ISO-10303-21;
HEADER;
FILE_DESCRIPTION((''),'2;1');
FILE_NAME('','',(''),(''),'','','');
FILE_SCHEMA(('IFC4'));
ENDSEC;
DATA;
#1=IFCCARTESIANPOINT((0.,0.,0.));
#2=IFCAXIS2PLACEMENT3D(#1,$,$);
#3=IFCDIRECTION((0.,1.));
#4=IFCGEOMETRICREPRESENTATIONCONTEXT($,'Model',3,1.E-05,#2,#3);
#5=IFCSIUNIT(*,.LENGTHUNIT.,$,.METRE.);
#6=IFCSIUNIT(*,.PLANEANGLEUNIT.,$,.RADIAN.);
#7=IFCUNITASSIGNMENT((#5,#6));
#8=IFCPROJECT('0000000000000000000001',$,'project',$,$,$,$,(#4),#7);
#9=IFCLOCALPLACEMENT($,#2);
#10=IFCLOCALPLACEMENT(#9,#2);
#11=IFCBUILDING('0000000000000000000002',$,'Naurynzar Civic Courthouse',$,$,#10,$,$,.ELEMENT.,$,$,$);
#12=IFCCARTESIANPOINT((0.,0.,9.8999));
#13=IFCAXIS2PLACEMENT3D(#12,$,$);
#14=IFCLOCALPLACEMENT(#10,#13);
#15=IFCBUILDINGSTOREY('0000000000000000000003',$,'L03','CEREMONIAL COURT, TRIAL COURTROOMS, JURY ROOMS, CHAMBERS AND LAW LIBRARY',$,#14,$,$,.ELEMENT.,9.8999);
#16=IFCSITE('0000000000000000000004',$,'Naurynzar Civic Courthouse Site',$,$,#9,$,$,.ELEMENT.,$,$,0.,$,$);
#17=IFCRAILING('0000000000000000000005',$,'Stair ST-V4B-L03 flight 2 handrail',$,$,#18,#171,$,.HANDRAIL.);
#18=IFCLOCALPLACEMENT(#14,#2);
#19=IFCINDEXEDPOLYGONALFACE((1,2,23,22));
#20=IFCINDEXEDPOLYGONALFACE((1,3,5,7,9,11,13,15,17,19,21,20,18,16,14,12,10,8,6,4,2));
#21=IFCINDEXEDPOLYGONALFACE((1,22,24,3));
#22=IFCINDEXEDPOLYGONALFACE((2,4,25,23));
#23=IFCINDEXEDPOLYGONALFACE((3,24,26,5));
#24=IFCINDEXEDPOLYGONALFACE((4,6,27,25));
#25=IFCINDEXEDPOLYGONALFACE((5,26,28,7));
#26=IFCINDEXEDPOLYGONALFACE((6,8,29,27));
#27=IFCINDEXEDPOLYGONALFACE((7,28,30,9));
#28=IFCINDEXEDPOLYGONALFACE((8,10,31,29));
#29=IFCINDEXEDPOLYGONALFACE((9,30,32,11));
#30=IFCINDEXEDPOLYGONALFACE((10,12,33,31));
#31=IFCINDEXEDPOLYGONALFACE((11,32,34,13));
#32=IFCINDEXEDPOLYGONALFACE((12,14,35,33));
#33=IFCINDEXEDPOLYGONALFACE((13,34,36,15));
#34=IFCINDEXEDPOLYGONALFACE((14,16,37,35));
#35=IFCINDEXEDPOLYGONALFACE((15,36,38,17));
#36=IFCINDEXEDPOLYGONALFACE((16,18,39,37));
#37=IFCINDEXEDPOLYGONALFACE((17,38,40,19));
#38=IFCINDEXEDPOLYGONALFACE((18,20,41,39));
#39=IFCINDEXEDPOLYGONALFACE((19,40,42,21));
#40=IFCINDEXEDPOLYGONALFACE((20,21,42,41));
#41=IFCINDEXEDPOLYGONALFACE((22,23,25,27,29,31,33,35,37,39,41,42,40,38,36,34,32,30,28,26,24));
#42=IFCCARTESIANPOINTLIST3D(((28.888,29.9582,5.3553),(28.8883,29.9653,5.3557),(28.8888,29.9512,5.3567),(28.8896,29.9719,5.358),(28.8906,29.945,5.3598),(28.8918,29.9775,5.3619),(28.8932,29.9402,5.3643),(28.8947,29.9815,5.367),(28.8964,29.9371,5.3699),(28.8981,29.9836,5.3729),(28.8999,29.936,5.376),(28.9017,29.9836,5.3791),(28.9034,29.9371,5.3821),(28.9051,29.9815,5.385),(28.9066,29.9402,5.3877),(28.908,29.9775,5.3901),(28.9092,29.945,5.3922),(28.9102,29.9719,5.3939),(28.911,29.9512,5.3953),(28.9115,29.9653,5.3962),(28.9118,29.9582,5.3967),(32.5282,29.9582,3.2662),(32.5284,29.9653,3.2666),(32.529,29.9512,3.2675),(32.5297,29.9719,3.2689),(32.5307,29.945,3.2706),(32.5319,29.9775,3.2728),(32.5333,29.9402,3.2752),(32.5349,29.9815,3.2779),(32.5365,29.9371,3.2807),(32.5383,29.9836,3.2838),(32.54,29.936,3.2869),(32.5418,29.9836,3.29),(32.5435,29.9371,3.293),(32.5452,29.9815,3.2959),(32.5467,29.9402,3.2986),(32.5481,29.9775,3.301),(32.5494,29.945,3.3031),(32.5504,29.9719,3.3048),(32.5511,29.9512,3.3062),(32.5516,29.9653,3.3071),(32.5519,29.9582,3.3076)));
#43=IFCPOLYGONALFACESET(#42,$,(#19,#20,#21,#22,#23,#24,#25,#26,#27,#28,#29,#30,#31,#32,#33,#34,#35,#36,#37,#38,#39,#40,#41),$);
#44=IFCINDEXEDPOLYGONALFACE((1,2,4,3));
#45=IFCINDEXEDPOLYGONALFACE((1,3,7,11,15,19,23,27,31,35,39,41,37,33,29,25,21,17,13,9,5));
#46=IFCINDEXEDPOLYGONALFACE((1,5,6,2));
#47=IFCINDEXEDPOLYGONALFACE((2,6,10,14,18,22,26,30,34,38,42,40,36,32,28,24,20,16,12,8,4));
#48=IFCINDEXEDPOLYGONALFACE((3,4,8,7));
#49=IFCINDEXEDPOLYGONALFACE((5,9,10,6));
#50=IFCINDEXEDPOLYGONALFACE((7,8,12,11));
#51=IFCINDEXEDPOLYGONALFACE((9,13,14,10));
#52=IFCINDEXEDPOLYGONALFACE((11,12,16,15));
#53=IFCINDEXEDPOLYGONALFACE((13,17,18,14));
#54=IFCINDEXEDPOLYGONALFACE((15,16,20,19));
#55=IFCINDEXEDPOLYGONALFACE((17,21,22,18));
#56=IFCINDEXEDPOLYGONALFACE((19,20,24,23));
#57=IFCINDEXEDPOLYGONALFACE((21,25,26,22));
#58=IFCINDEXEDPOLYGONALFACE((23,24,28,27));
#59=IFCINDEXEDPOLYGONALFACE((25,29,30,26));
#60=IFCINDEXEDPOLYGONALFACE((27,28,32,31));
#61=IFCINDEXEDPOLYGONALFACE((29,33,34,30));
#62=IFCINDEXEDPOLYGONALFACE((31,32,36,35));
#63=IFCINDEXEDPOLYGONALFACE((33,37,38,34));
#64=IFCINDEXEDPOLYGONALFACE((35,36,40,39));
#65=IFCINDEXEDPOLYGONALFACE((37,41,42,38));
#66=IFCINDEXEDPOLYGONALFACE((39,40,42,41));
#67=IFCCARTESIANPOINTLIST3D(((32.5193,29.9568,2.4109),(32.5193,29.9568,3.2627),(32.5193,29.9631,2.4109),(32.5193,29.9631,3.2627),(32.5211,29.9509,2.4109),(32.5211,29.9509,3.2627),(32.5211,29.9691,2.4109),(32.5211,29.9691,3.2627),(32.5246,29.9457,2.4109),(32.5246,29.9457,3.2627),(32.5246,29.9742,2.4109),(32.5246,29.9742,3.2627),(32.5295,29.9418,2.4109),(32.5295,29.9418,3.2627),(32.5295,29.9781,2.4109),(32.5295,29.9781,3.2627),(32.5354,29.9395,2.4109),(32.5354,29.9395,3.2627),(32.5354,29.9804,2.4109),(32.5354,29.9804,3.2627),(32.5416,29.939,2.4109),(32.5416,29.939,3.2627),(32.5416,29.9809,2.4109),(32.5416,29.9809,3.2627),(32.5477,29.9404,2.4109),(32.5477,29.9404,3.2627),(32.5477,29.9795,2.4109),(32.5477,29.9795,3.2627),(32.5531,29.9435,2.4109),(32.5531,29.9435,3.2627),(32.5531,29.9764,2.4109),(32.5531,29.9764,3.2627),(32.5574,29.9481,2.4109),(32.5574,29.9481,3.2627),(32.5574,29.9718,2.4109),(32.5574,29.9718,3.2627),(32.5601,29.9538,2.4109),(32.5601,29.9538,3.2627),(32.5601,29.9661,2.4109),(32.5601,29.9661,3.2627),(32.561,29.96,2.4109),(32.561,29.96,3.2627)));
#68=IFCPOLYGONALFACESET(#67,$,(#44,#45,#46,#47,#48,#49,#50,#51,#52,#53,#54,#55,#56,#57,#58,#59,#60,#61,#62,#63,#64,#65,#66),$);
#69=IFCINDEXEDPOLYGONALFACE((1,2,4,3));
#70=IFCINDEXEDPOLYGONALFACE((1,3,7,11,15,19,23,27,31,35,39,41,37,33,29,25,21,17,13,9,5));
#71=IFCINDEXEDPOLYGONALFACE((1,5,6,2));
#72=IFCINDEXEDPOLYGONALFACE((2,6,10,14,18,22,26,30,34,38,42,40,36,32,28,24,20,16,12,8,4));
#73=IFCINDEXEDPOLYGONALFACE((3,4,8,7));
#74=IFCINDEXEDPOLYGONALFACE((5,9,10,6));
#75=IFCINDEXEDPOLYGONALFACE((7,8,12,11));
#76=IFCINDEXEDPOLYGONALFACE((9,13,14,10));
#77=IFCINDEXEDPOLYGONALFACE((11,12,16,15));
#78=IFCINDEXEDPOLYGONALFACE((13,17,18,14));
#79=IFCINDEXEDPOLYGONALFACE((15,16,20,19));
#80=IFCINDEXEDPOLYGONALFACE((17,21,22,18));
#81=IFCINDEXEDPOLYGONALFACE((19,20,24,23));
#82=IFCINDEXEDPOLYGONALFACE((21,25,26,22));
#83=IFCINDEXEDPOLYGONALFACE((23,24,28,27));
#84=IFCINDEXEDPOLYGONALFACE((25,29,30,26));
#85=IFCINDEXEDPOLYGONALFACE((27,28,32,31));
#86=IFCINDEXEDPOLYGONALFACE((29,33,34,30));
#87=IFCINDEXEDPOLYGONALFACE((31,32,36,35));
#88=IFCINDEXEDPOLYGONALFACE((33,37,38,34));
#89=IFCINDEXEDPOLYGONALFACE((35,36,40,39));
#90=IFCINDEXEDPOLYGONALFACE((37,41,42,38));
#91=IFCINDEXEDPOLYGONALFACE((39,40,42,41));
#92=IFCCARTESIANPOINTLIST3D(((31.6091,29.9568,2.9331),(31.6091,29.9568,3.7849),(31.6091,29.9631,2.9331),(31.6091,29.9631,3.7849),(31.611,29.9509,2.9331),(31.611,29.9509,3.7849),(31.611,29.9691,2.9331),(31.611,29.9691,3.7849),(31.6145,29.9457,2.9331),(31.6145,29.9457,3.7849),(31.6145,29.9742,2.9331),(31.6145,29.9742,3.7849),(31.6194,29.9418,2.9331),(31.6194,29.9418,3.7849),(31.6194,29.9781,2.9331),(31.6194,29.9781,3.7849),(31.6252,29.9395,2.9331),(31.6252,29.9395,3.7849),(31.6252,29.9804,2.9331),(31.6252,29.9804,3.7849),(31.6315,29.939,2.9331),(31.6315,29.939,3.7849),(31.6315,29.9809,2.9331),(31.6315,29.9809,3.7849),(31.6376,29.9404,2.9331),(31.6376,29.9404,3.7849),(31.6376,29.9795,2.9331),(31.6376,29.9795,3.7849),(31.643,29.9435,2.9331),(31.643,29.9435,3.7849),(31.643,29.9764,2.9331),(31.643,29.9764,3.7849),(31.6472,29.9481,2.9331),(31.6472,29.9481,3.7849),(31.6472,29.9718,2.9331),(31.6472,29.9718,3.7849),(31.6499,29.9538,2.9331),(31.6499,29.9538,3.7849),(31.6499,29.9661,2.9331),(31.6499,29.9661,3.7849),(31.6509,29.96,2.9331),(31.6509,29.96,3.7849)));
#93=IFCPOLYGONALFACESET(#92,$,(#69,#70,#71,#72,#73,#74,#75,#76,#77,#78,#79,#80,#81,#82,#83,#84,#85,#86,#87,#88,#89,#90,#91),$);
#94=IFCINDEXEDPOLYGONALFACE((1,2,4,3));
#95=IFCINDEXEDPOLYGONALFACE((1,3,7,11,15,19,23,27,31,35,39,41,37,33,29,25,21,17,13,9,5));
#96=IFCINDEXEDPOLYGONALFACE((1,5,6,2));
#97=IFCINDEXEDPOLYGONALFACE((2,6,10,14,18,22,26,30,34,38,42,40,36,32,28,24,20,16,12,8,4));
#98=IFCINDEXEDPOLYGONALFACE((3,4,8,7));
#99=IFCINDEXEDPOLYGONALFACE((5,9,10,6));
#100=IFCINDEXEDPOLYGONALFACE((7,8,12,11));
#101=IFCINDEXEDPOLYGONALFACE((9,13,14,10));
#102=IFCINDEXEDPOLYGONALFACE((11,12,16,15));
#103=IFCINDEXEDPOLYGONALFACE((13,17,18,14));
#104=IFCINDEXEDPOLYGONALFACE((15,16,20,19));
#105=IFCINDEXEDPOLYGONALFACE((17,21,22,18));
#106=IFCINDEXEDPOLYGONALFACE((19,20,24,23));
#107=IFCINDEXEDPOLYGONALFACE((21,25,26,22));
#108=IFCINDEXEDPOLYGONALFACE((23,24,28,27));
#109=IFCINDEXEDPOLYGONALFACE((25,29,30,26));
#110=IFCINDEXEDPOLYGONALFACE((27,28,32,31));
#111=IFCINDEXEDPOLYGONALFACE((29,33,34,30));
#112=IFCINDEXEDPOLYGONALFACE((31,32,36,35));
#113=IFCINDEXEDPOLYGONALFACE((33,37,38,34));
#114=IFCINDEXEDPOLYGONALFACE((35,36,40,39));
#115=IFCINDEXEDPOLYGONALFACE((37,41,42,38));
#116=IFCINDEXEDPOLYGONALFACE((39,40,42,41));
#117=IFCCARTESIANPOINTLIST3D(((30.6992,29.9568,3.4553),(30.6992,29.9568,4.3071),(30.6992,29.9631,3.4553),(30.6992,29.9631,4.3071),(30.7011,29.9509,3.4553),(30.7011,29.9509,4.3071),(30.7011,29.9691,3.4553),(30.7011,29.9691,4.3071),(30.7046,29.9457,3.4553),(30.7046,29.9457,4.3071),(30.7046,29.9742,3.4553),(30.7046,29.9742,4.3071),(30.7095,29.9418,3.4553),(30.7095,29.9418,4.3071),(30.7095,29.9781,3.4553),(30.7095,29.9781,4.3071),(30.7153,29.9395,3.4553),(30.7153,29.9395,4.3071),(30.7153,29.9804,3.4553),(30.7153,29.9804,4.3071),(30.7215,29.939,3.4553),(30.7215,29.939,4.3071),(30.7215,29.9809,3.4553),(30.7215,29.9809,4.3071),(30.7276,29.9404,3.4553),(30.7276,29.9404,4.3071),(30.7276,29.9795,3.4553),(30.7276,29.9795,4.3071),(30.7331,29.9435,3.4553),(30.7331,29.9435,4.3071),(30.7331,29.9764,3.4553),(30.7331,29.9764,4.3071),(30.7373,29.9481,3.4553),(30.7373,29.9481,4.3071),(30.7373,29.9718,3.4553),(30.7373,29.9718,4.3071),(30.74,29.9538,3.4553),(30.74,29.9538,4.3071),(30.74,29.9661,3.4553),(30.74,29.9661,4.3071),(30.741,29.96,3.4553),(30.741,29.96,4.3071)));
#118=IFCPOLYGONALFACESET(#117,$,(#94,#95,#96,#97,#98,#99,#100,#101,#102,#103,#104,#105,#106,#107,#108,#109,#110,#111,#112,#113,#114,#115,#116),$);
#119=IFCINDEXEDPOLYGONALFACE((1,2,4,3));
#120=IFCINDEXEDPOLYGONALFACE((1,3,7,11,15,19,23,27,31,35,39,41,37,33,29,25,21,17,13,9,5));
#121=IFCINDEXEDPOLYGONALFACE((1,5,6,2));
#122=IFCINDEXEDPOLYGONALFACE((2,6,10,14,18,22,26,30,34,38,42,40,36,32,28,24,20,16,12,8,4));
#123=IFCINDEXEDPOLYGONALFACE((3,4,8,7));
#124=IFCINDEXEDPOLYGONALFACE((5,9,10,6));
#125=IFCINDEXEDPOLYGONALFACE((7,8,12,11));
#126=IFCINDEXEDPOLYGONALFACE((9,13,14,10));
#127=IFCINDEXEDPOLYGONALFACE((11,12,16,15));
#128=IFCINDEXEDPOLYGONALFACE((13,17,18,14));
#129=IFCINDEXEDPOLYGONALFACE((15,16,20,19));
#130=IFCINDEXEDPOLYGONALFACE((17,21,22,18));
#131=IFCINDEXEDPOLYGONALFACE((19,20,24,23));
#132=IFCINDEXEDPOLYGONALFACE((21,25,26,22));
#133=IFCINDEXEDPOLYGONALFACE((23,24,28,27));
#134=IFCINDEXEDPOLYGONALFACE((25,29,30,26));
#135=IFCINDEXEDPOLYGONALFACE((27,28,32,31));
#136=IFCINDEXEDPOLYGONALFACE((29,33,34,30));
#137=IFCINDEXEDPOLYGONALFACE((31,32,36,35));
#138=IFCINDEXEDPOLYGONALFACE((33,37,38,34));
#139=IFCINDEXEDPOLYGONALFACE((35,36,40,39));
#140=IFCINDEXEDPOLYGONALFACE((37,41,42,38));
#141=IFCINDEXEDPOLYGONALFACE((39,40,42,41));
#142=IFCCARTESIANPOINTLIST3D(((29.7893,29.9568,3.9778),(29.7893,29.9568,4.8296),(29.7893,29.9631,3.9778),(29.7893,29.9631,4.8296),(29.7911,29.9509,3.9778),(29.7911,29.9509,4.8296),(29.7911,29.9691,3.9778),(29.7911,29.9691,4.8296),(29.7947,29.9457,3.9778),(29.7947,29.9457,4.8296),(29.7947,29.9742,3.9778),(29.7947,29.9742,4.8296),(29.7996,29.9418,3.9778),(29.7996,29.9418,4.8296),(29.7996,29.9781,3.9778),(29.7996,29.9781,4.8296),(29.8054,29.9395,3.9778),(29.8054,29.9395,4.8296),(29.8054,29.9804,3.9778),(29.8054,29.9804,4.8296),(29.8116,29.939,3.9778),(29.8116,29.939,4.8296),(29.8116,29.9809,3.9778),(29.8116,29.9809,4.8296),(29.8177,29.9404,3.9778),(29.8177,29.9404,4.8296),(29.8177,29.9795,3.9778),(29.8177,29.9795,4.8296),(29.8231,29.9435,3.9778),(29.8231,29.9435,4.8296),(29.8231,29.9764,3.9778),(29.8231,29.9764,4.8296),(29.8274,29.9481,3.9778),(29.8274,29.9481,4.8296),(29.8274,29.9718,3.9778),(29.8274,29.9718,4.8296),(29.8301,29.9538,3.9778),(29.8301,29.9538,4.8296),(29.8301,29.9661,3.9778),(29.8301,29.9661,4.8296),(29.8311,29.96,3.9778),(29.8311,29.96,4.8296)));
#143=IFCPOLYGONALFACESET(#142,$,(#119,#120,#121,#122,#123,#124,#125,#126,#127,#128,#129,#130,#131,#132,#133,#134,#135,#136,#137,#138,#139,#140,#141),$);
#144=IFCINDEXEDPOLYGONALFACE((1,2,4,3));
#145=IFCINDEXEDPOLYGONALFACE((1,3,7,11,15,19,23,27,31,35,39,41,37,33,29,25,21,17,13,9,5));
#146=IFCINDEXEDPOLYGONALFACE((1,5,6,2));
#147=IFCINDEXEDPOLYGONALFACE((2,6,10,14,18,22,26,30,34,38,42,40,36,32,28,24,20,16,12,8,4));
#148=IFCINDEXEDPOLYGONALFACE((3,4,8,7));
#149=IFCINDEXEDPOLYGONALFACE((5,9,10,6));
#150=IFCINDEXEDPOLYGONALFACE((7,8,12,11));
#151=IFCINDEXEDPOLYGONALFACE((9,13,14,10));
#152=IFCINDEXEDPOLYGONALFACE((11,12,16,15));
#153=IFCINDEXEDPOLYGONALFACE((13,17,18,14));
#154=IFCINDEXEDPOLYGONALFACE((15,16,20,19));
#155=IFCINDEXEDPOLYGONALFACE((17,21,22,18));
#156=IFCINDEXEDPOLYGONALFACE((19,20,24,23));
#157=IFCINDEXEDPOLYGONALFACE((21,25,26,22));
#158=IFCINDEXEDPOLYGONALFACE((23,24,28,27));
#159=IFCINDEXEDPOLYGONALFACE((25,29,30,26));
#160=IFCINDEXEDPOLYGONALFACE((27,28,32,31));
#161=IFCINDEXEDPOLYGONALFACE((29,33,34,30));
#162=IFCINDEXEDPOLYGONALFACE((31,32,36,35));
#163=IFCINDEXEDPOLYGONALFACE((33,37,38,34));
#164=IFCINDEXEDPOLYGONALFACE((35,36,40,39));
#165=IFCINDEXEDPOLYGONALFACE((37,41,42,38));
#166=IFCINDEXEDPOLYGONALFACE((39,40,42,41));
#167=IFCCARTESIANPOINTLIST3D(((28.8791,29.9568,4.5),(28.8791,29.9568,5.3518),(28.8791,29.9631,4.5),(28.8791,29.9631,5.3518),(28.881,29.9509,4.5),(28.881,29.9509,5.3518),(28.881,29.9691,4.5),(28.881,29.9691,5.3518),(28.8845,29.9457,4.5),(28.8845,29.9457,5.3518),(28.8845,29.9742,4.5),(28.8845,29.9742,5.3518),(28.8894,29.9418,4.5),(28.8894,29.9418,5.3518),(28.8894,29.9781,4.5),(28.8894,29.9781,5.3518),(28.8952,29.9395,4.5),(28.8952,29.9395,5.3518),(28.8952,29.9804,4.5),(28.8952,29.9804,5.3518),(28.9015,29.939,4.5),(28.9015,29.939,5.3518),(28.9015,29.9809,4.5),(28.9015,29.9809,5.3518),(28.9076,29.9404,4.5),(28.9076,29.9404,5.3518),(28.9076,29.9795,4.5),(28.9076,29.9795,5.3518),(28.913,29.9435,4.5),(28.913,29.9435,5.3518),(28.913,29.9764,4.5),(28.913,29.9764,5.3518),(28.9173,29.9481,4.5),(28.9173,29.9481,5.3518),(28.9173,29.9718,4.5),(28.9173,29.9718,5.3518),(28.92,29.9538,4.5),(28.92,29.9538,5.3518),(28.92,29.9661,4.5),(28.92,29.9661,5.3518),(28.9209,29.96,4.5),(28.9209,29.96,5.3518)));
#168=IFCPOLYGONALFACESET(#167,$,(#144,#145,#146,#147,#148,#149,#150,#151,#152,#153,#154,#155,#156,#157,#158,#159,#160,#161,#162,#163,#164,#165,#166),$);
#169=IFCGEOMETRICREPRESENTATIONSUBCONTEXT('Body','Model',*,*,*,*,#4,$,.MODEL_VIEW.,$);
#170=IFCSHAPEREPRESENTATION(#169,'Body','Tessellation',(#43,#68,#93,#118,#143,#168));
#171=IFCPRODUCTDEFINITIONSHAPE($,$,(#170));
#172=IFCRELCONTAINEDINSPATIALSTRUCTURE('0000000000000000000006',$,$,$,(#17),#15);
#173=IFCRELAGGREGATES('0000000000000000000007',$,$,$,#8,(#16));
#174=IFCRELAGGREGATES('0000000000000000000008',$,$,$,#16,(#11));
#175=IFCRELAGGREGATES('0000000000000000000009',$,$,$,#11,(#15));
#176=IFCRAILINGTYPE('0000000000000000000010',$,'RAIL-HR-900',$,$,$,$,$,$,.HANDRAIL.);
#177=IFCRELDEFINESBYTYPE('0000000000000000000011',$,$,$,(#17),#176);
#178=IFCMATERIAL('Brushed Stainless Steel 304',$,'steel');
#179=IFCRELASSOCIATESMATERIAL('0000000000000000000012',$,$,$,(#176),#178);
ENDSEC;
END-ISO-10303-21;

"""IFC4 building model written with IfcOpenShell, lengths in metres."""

from ifc_helpers import new_model, si_unit, direction, frame, origin, origin_2d, place, context, subcontext, project, spatial, circle, extrude, material, type_object, element, save


model = new_model("IFC4")

# Units and contexts
model_context = context("Model", 3, precision=1e-05, world=origin(), true_north=direction((0.0, 1.0)))
body_context = subcontext(model_context, "Body", "Model", "MODEL_VIEW")
ifc_project = project(units=[si_unit("LENGTHUNIT", "METRE"), si_unit("PLANEANGLEUNIT", "RADIAN")], contexts=[model_context])

# Site, building, storey
site_placement = place(None, origin())
site = spatial("IfcSite", under=ifc_project, at=site_placement, Name="Naurynzar Civic Courthouse Site", CompositionType="ELEMENT", RefElevation=0.0)
building_placement = place(site_placement, origin())
building = spatial("IfcBuilding", under=site, at=building_placement, Name="Naurynzar Civic Courthouse", CompositionType="ELEMENT")
storey_placement = place(building_placement, frame((0.0, 0.0, 9.8999)))
storey = spatial("IfcBuildingStorey", under=building, at=storey_placement, Name="L03", Description="CEREMONIAL COURT, TRIAL COURTROOMS, JURY ROOMS, CHAMBERS AND LAW LIBRARY", CompositionType="ELEMENT", Elevation=9.8999)

# Railing
ifc_material_1 = material(Name="Brushed Stainless Steel 304", Category="steel")
railing_type_1 = type_object("IfcRailingType", Name="RAIL-HR-900", PredefinedType="HANDRAIL", material=ifc_material_1)
railing_1_placement = place(storey_placement, frame((32.54, 29.96, 2.4109)))
element("IfcRailing", 1, at=railing_1_placement, inside=storey, type_object=railing_type_1, Name="Stair ST-V4B-L03 flight 2 handrail", PredefinedType="HANDRAIL", context=body_context, shape_type="SweptSolid", body=[
    extrude(circle(Radius=0.0239, at=origin_2d()), frame((0.0, 0.0, 0.876), z_axis=(-0.867314, 0.0, 0.497761), x_axis=(0.0, -1.0, 0.0)), (0.0, 0.0, 1.0), 4.197),
    extrude(circle(Radius=0.021, at=origin_2d()), origin(), (0.0, 0.0, 1.0), 0.8518),
    extrude(circle(Radius=0.021, at=origin_2d()), frame((-0.9102, 0.0, 0.5222)), (0.0, 0.0, 1.0), 0.8518),
    extrude(circle(Radius=0.021, at=origin_2d()), frame((-1.8201, 0.0, 1.0444)), (0.0, 0.0, 1.0), 0.8518),
    extrude(circle(Radius=0.021, at=origin_2d()), frame((-2.73, 0.0, 1.5669)), (0.0, 0.0, 1.0), 0.8518),
    extrude(circle(Radius=0.021, at=origin_2d()), frame((-3.6401, 0.0, 2.0891)), (0.0, 0.0, 1.0), 0.8518),
])

save(model, "model.ifc")
